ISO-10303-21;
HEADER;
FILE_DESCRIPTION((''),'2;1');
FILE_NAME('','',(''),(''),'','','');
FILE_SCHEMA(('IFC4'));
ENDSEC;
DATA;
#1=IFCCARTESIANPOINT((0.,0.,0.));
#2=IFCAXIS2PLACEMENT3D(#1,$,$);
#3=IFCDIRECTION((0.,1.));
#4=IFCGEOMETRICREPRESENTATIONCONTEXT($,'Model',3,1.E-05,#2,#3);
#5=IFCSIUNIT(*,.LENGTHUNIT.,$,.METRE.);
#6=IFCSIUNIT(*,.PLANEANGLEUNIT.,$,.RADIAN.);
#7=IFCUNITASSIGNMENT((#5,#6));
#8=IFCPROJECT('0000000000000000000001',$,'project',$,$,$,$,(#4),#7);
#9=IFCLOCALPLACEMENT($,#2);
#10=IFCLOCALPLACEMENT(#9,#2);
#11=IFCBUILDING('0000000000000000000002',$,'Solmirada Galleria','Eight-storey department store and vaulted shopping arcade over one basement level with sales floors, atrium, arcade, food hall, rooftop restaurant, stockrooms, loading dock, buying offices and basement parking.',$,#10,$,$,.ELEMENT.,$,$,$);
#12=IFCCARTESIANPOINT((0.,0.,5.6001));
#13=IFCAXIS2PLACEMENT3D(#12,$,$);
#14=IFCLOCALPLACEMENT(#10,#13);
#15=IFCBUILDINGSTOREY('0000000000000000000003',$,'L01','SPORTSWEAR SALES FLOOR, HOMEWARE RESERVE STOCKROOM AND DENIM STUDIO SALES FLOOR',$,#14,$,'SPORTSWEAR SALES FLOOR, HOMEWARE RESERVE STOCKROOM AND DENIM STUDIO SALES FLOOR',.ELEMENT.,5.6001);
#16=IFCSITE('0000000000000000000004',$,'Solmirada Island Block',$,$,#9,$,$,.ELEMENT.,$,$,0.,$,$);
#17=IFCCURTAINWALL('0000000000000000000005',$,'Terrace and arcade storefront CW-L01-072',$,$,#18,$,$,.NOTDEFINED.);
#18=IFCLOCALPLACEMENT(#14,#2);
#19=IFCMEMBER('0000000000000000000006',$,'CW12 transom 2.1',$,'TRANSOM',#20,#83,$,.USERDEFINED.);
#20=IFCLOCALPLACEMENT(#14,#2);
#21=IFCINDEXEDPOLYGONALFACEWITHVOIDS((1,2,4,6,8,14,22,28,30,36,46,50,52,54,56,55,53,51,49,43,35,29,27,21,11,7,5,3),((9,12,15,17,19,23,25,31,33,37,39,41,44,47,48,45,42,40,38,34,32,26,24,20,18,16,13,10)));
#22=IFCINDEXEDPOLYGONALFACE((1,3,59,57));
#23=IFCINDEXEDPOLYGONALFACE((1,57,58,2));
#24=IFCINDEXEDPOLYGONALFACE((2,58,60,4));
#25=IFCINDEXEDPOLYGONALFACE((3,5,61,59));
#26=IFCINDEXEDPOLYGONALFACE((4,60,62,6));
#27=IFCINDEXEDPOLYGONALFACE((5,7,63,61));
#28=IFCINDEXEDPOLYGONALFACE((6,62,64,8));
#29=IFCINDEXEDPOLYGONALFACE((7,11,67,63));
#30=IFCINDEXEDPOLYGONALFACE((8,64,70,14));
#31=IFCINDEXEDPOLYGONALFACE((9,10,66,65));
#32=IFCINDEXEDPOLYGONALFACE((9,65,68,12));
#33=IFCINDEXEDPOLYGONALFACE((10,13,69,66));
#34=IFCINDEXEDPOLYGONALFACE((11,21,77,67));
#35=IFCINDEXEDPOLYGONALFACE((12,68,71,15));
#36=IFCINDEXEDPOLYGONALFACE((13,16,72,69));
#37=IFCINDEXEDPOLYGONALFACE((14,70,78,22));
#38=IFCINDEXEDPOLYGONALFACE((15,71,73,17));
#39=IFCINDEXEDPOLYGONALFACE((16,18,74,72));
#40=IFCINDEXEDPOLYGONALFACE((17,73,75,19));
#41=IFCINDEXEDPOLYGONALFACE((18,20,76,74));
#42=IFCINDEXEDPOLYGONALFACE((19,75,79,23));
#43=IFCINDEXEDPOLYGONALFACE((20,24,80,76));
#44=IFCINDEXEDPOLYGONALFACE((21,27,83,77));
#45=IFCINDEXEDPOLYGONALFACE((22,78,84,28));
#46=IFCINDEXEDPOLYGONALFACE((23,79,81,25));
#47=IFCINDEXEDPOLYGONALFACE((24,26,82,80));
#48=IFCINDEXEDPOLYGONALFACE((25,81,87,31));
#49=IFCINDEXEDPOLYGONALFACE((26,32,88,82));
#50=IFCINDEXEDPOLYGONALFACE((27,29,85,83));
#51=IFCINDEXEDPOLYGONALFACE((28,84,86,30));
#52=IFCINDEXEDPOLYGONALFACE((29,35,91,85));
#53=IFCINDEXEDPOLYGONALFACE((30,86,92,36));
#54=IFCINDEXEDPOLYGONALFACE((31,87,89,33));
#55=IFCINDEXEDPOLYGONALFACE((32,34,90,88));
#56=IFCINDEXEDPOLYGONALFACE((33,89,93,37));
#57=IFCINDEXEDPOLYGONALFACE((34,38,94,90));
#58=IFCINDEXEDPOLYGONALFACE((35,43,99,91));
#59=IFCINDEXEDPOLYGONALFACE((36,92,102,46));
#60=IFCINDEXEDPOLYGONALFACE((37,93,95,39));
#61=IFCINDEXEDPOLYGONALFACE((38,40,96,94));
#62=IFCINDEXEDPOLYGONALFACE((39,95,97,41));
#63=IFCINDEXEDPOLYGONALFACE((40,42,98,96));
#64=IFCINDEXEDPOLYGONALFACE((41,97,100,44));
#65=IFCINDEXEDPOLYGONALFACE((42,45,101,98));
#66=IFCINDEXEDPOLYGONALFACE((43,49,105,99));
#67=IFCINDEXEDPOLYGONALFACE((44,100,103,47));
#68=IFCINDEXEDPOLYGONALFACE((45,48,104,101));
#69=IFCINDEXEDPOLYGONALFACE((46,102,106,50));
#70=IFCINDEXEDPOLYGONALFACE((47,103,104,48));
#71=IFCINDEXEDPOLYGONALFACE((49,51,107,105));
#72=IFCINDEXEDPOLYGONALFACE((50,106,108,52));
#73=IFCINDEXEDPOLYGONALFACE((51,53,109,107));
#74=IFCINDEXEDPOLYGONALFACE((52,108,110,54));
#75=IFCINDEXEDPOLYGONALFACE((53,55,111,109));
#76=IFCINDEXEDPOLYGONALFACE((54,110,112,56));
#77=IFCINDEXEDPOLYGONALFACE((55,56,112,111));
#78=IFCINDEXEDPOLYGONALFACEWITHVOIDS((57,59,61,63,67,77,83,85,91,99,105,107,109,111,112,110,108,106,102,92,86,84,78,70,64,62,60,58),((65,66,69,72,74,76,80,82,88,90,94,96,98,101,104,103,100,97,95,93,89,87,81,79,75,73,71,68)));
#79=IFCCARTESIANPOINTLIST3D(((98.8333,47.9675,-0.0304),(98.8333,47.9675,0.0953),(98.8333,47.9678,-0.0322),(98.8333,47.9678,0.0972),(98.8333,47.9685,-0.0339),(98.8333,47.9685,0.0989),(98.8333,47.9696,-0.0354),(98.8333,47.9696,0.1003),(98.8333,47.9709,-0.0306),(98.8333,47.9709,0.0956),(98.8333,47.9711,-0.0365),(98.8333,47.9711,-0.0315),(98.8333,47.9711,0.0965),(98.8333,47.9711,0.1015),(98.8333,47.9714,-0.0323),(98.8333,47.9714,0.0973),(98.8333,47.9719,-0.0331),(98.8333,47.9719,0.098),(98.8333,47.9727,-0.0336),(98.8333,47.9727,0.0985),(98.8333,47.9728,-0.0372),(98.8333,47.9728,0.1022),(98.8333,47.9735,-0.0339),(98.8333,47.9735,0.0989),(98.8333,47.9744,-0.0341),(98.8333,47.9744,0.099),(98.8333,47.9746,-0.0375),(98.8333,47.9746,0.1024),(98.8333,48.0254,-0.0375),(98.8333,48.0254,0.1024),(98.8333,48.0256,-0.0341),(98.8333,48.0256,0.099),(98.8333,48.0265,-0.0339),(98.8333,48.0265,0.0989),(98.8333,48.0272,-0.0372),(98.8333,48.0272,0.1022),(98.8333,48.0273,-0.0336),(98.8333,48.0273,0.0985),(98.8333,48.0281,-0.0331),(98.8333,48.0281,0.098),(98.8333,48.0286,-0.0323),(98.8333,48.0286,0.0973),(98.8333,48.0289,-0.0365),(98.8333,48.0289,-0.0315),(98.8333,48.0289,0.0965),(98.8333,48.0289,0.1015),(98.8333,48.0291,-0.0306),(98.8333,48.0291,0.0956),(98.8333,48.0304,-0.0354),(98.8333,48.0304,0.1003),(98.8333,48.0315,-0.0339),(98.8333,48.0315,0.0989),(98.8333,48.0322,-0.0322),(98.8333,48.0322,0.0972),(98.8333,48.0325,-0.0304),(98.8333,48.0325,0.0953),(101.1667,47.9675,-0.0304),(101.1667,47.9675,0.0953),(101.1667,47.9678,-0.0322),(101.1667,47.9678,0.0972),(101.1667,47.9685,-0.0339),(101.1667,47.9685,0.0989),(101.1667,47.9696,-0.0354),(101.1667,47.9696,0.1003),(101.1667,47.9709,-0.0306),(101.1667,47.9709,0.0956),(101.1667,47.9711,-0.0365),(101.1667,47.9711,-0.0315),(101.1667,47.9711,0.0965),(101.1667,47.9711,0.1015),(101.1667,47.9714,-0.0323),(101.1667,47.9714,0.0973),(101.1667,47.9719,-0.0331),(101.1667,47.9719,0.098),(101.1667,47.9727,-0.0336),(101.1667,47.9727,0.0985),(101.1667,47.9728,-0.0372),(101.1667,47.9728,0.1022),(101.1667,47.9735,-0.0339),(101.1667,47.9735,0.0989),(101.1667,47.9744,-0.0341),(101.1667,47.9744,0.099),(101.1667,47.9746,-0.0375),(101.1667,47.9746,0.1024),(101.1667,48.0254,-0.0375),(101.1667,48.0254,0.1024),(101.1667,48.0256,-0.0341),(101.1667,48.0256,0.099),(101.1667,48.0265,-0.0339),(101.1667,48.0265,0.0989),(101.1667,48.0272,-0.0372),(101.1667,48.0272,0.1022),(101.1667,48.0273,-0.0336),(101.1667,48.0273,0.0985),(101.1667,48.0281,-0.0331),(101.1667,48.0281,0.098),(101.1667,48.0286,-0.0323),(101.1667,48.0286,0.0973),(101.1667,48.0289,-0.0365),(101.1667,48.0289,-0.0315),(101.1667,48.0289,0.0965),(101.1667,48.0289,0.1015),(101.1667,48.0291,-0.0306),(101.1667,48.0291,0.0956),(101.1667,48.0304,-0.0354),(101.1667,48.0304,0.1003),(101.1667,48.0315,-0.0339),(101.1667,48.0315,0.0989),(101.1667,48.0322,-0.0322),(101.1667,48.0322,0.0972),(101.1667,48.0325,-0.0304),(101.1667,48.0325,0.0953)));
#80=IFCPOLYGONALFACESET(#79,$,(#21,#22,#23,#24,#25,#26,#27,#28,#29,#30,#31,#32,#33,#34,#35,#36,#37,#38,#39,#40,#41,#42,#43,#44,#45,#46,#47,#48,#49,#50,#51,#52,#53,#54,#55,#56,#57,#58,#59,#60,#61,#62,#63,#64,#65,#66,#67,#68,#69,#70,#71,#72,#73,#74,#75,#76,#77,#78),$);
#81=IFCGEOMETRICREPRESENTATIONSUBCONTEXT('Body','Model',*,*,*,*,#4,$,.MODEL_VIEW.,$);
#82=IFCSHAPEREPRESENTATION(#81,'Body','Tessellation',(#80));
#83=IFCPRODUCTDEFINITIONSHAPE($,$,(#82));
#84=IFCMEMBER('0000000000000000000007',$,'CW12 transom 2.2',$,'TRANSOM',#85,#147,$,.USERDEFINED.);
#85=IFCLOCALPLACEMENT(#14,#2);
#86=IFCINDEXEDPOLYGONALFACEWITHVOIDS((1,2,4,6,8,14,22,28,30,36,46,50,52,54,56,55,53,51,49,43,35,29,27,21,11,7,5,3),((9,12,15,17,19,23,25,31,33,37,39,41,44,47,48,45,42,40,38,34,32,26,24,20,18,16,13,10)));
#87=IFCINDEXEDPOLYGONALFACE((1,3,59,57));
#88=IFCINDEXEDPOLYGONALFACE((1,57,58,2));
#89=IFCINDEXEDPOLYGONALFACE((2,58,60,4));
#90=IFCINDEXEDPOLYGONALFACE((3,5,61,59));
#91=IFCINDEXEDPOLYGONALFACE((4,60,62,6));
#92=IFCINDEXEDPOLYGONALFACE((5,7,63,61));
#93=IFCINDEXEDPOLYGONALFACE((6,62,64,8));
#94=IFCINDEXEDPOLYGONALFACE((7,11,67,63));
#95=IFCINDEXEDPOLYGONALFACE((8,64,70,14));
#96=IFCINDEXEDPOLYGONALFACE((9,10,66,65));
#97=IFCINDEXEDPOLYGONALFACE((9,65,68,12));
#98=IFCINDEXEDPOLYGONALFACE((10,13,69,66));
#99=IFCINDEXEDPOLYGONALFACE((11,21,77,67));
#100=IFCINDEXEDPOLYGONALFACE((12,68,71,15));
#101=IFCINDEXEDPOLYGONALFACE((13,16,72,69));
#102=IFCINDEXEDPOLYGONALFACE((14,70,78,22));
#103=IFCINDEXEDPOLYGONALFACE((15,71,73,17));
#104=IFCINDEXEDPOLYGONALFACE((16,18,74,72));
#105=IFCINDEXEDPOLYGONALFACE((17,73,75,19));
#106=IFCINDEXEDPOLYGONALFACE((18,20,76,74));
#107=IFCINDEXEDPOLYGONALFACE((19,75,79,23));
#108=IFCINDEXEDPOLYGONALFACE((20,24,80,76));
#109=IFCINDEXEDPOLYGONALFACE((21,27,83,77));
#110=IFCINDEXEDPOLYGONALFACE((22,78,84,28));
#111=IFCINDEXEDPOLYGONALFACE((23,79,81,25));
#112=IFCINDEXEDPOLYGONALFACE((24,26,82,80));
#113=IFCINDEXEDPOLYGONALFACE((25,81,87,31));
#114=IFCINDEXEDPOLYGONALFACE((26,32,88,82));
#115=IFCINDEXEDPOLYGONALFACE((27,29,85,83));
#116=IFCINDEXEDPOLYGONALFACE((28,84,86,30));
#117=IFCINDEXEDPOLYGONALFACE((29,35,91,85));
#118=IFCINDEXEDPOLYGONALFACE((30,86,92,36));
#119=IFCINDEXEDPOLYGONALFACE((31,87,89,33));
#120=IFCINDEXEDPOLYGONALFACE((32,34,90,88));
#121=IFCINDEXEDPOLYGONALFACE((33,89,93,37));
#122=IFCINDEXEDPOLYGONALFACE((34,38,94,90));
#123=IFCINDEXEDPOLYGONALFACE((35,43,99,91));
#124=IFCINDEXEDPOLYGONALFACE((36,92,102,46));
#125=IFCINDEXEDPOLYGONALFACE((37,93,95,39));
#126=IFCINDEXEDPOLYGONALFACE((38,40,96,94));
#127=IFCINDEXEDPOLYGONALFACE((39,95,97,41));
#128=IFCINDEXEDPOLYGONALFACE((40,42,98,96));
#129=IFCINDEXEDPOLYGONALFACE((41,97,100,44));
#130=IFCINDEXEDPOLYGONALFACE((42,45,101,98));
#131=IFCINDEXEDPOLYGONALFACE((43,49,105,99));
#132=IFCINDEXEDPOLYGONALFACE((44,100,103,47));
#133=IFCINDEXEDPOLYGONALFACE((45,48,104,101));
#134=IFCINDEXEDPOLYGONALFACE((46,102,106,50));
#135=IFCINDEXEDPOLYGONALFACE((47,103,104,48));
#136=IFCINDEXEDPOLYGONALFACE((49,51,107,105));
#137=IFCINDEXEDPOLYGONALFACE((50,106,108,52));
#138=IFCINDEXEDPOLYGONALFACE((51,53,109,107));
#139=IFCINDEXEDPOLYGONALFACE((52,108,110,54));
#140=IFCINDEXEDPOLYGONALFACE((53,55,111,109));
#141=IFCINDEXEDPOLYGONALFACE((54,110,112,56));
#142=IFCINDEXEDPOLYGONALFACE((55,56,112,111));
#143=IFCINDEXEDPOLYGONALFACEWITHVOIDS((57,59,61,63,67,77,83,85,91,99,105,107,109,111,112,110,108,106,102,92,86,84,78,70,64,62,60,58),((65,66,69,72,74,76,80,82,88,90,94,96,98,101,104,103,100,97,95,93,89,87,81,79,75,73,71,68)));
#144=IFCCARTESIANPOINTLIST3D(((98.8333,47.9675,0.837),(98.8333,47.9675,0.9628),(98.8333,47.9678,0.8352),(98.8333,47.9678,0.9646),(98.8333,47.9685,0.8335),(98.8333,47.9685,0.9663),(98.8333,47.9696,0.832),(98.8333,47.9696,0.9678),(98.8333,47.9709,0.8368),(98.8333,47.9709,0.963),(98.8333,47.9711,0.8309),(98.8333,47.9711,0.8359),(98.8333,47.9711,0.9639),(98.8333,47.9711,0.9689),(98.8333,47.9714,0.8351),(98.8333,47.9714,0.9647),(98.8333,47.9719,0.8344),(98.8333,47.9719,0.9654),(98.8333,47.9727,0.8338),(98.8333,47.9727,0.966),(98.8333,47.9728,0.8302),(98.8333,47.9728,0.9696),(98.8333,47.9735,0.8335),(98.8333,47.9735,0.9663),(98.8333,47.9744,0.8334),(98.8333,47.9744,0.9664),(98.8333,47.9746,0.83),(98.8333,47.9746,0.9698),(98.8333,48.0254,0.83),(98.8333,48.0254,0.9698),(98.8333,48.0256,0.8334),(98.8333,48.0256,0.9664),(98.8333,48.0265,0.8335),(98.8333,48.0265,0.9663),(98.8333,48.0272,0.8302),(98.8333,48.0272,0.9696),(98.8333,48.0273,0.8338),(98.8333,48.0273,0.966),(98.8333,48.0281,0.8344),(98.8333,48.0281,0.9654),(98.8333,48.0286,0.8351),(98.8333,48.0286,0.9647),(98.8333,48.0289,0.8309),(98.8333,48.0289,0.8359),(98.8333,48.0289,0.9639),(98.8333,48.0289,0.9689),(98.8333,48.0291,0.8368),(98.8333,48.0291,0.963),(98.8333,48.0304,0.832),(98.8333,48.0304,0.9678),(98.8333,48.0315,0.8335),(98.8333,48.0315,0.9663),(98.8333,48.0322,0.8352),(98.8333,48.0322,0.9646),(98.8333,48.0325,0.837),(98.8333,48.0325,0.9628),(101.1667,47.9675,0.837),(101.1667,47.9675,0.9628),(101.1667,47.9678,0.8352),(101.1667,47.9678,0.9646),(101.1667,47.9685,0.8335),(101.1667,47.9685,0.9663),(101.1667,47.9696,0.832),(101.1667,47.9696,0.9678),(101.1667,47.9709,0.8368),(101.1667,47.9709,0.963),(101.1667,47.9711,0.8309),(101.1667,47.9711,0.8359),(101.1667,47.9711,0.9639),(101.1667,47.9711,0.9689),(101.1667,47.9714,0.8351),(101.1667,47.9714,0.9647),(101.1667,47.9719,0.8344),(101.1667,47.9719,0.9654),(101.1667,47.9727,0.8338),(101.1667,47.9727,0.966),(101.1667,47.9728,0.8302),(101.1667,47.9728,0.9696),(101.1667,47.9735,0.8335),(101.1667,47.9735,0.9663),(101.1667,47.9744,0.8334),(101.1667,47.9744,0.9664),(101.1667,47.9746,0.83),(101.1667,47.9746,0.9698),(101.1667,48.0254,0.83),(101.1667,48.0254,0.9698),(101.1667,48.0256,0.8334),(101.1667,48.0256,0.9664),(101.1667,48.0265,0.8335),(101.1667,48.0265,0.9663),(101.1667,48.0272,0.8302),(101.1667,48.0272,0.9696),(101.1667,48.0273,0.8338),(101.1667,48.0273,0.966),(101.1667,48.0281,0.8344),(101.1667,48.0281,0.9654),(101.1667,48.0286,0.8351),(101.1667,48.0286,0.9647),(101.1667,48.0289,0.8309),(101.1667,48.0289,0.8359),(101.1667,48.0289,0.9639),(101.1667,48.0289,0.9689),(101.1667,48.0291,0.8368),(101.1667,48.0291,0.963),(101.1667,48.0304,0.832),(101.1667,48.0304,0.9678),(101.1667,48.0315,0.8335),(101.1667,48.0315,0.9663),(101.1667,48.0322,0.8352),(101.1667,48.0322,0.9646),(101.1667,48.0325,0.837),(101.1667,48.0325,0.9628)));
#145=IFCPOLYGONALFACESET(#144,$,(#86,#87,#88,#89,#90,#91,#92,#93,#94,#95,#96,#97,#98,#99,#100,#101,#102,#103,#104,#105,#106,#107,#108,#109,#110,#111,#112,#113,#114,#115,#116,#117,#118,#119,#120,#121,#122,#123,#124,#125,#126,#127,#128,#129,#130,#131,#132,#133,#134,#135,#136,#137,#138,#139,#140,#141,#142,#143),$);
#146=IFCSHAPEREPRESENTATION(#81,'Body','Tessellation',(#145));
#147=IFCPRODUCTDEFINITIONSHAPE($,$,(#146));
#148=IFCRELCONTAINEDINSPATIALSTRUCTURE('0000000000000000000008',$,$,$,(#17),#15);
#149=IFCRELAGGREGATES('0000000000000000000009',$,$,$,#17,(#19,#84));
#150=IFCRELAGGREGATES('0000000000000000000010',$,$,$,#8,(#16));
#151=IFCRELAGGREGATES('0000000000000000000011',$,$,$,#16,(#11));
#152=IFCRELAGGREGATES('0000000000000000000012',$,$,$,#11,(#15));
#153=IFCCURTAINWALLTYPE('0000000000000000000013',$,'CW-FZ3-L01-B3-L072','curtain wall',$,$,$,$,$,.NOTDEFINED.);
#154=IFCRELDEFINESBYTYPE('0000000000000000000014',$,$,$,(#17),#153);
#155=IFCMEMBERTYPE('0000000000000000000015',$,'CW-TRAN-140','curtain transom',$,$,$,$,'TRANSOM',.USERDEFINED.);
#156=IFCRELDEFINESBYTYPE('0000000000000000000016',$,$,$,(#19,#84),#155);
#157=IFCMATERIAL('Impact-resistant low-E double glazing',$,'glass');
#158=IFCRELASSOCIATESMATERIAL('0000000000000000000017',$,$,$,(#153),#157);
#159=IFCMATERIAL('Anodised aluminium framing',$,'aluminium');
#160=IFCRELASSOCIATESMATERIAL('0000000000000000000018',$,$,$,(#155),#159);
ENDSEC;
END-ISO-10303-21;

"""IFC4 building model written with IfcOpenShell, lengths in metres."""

from ifc_helpers import new_model, si_unit, direction, frame, origin, origin_2d, place, context, subcontext, project, spatial, hollow_rectangle, extrude, material, material_profile, profile_set, type_object, element, aggregate, save


model = new_model("IFC4")

# Units and contexts
model_context = context("Model", 3, precision=1e-05, world=origin(), true_north=direction((0.0, 1.0)))
body_context = subcontext(model_context, "Body", "Model", "MODEL_VIEW")
ifc_project = project(units=[si_unit("LENGTHUNIT", "METRE"), si_unit("PLANEANGLEUNIT", "RADIAN")], contexts=[model_context])

# Site, building, storey
site_placement = place(None, origin())
site = spatial("IfcSite", under=ifc_project, at=site_placement, Name="Solmirada Island Block", CompositionType="ELEMENT", RefElevation=0.0)
building_placement = place(site_placement, origin())
building = spatial("IfcBuilding", under=site, at=building_placement, Name="Solmirada Galleria", Description="Eight-storey department store and vaulted shopping arcade over one basement level with sales floors, atrium, arcade, food hall, rooftop restaurant, stockrooms, loading dock, buying offices and basement parking.", CompositionType="ELEMENT")
storey_placement = place(building_placement, frame((0.0, 0.0, 5.6001)))
storey = spatial("IfcBuildingStorey", under=building, at=storey_placement, Name="L01", Description="SPORTSWEAR SALES FLOOR, HOMEWARE RESERVE STOCKROOM AND DENIM STUDIO SALES FLOOR", LongName="SPORTSWEAR SALES FLOOR, HOMEWARE RESERVE STOCKROOM AND DENIM STUDIO SALES FLOOR", CompositionType="ELEMENT", Elevation=5.6001)

# Curtain wall
ifc_material_1 = material(Name="Impact-resistant low-E double glazing", Category="glass")
curtain_wall_type_1 = type_object("IfcCurtainWallType", Name="CW-FZ3-L01-B3-L072", Description="curtain wall", PredefinedType="NOTDEFINED", material=ifc_material_1)
curtain_wall_1_placement = place(storey_placement, origin())
curtain_wall_1 = element("IfcCurtainWall", 1, at=curtain_wall_1_placement, inside=storey, type_object=curtain_wall_type_1, Name="Terrace and arcade storefront CW-L01-072", PredefinedType="NOTDEFINED")
ifc_material_2 = material(Name="Anodised aluminium framing", Category="aluminium")

# Members
ifc_material_profile_1 = material_profile(ifc_material_2, hollow_rectangle(XDim=0.0649, YDim=0.1399, WallThickness=0.0034, InnerFilletRadius=0.0034, OuterFilletRadius=0.0071, at=origin_2d()), Name="ALU-TRAN-140X65")
ifc_profile_set_1 = profile_set([ifc_material_profile_1], Name="Anodised aluminium framing")
member_type_1 = type_object("IfcMemberType", Name="CW-TRAN-140", Description="curtain transom", ElementType="TRANSOM", PredefinedType="USERDEFINED", material=ifc_profile_set_1)
member_1_placement = place(storey_placement, frame((101.1667, 48.0, 0.0325), z_axis=(-1.0, 0.0, 0.0), x_axis=(0.0, -1.0, 0.0)))
member_1 = element("IfcMember", 2, at=member_1_placement, type_object=member_type_1, Name="CW12 transom 2.1", ObjectType="TRANSOM", PredefinedType="USERDEFINED", context=body_context, shape_type="SweptSolid", body=[
    extrude(hollow_rectangle(XDim=0.0649, YDim=0.1399, WallThickness=0.0034, InnerFilletRadius=0.0034, OuterFilletRadius=0.0071, at=origin_2d()), origin(), (0.0, 0.0, 1.0), 2.3335),
])
member_2_placement = place(storey_placement, frame((101.1667, 48.0, 0.8999), z_axis=(-1.0, 0.0, 0.0), x_axis=(0.0, -1.0, 0.0)))
member_2 = element("IfcMember", 3, at=member_2_placement, type_object=member_type_1, Name="CW12 transom 2.2", ObjectType="TRANSOM", PredefinedType="USERDEFINED", context=body_context, shape_type="SweptSolid", body=[
    extrude(hollow_rectangle(XDim=0.0649, YDim=0.1399, WallThickness=0.0034, InnerFilletRadius=0.0034, OuterFilletRadius=0.0071, at=origin_2d()), origin(), (0.0, 0.0, 1.0), 2.3335),
])

aggregate(curtain_wall_1, [member_1, member_2])

save(model, "model.ifc")
